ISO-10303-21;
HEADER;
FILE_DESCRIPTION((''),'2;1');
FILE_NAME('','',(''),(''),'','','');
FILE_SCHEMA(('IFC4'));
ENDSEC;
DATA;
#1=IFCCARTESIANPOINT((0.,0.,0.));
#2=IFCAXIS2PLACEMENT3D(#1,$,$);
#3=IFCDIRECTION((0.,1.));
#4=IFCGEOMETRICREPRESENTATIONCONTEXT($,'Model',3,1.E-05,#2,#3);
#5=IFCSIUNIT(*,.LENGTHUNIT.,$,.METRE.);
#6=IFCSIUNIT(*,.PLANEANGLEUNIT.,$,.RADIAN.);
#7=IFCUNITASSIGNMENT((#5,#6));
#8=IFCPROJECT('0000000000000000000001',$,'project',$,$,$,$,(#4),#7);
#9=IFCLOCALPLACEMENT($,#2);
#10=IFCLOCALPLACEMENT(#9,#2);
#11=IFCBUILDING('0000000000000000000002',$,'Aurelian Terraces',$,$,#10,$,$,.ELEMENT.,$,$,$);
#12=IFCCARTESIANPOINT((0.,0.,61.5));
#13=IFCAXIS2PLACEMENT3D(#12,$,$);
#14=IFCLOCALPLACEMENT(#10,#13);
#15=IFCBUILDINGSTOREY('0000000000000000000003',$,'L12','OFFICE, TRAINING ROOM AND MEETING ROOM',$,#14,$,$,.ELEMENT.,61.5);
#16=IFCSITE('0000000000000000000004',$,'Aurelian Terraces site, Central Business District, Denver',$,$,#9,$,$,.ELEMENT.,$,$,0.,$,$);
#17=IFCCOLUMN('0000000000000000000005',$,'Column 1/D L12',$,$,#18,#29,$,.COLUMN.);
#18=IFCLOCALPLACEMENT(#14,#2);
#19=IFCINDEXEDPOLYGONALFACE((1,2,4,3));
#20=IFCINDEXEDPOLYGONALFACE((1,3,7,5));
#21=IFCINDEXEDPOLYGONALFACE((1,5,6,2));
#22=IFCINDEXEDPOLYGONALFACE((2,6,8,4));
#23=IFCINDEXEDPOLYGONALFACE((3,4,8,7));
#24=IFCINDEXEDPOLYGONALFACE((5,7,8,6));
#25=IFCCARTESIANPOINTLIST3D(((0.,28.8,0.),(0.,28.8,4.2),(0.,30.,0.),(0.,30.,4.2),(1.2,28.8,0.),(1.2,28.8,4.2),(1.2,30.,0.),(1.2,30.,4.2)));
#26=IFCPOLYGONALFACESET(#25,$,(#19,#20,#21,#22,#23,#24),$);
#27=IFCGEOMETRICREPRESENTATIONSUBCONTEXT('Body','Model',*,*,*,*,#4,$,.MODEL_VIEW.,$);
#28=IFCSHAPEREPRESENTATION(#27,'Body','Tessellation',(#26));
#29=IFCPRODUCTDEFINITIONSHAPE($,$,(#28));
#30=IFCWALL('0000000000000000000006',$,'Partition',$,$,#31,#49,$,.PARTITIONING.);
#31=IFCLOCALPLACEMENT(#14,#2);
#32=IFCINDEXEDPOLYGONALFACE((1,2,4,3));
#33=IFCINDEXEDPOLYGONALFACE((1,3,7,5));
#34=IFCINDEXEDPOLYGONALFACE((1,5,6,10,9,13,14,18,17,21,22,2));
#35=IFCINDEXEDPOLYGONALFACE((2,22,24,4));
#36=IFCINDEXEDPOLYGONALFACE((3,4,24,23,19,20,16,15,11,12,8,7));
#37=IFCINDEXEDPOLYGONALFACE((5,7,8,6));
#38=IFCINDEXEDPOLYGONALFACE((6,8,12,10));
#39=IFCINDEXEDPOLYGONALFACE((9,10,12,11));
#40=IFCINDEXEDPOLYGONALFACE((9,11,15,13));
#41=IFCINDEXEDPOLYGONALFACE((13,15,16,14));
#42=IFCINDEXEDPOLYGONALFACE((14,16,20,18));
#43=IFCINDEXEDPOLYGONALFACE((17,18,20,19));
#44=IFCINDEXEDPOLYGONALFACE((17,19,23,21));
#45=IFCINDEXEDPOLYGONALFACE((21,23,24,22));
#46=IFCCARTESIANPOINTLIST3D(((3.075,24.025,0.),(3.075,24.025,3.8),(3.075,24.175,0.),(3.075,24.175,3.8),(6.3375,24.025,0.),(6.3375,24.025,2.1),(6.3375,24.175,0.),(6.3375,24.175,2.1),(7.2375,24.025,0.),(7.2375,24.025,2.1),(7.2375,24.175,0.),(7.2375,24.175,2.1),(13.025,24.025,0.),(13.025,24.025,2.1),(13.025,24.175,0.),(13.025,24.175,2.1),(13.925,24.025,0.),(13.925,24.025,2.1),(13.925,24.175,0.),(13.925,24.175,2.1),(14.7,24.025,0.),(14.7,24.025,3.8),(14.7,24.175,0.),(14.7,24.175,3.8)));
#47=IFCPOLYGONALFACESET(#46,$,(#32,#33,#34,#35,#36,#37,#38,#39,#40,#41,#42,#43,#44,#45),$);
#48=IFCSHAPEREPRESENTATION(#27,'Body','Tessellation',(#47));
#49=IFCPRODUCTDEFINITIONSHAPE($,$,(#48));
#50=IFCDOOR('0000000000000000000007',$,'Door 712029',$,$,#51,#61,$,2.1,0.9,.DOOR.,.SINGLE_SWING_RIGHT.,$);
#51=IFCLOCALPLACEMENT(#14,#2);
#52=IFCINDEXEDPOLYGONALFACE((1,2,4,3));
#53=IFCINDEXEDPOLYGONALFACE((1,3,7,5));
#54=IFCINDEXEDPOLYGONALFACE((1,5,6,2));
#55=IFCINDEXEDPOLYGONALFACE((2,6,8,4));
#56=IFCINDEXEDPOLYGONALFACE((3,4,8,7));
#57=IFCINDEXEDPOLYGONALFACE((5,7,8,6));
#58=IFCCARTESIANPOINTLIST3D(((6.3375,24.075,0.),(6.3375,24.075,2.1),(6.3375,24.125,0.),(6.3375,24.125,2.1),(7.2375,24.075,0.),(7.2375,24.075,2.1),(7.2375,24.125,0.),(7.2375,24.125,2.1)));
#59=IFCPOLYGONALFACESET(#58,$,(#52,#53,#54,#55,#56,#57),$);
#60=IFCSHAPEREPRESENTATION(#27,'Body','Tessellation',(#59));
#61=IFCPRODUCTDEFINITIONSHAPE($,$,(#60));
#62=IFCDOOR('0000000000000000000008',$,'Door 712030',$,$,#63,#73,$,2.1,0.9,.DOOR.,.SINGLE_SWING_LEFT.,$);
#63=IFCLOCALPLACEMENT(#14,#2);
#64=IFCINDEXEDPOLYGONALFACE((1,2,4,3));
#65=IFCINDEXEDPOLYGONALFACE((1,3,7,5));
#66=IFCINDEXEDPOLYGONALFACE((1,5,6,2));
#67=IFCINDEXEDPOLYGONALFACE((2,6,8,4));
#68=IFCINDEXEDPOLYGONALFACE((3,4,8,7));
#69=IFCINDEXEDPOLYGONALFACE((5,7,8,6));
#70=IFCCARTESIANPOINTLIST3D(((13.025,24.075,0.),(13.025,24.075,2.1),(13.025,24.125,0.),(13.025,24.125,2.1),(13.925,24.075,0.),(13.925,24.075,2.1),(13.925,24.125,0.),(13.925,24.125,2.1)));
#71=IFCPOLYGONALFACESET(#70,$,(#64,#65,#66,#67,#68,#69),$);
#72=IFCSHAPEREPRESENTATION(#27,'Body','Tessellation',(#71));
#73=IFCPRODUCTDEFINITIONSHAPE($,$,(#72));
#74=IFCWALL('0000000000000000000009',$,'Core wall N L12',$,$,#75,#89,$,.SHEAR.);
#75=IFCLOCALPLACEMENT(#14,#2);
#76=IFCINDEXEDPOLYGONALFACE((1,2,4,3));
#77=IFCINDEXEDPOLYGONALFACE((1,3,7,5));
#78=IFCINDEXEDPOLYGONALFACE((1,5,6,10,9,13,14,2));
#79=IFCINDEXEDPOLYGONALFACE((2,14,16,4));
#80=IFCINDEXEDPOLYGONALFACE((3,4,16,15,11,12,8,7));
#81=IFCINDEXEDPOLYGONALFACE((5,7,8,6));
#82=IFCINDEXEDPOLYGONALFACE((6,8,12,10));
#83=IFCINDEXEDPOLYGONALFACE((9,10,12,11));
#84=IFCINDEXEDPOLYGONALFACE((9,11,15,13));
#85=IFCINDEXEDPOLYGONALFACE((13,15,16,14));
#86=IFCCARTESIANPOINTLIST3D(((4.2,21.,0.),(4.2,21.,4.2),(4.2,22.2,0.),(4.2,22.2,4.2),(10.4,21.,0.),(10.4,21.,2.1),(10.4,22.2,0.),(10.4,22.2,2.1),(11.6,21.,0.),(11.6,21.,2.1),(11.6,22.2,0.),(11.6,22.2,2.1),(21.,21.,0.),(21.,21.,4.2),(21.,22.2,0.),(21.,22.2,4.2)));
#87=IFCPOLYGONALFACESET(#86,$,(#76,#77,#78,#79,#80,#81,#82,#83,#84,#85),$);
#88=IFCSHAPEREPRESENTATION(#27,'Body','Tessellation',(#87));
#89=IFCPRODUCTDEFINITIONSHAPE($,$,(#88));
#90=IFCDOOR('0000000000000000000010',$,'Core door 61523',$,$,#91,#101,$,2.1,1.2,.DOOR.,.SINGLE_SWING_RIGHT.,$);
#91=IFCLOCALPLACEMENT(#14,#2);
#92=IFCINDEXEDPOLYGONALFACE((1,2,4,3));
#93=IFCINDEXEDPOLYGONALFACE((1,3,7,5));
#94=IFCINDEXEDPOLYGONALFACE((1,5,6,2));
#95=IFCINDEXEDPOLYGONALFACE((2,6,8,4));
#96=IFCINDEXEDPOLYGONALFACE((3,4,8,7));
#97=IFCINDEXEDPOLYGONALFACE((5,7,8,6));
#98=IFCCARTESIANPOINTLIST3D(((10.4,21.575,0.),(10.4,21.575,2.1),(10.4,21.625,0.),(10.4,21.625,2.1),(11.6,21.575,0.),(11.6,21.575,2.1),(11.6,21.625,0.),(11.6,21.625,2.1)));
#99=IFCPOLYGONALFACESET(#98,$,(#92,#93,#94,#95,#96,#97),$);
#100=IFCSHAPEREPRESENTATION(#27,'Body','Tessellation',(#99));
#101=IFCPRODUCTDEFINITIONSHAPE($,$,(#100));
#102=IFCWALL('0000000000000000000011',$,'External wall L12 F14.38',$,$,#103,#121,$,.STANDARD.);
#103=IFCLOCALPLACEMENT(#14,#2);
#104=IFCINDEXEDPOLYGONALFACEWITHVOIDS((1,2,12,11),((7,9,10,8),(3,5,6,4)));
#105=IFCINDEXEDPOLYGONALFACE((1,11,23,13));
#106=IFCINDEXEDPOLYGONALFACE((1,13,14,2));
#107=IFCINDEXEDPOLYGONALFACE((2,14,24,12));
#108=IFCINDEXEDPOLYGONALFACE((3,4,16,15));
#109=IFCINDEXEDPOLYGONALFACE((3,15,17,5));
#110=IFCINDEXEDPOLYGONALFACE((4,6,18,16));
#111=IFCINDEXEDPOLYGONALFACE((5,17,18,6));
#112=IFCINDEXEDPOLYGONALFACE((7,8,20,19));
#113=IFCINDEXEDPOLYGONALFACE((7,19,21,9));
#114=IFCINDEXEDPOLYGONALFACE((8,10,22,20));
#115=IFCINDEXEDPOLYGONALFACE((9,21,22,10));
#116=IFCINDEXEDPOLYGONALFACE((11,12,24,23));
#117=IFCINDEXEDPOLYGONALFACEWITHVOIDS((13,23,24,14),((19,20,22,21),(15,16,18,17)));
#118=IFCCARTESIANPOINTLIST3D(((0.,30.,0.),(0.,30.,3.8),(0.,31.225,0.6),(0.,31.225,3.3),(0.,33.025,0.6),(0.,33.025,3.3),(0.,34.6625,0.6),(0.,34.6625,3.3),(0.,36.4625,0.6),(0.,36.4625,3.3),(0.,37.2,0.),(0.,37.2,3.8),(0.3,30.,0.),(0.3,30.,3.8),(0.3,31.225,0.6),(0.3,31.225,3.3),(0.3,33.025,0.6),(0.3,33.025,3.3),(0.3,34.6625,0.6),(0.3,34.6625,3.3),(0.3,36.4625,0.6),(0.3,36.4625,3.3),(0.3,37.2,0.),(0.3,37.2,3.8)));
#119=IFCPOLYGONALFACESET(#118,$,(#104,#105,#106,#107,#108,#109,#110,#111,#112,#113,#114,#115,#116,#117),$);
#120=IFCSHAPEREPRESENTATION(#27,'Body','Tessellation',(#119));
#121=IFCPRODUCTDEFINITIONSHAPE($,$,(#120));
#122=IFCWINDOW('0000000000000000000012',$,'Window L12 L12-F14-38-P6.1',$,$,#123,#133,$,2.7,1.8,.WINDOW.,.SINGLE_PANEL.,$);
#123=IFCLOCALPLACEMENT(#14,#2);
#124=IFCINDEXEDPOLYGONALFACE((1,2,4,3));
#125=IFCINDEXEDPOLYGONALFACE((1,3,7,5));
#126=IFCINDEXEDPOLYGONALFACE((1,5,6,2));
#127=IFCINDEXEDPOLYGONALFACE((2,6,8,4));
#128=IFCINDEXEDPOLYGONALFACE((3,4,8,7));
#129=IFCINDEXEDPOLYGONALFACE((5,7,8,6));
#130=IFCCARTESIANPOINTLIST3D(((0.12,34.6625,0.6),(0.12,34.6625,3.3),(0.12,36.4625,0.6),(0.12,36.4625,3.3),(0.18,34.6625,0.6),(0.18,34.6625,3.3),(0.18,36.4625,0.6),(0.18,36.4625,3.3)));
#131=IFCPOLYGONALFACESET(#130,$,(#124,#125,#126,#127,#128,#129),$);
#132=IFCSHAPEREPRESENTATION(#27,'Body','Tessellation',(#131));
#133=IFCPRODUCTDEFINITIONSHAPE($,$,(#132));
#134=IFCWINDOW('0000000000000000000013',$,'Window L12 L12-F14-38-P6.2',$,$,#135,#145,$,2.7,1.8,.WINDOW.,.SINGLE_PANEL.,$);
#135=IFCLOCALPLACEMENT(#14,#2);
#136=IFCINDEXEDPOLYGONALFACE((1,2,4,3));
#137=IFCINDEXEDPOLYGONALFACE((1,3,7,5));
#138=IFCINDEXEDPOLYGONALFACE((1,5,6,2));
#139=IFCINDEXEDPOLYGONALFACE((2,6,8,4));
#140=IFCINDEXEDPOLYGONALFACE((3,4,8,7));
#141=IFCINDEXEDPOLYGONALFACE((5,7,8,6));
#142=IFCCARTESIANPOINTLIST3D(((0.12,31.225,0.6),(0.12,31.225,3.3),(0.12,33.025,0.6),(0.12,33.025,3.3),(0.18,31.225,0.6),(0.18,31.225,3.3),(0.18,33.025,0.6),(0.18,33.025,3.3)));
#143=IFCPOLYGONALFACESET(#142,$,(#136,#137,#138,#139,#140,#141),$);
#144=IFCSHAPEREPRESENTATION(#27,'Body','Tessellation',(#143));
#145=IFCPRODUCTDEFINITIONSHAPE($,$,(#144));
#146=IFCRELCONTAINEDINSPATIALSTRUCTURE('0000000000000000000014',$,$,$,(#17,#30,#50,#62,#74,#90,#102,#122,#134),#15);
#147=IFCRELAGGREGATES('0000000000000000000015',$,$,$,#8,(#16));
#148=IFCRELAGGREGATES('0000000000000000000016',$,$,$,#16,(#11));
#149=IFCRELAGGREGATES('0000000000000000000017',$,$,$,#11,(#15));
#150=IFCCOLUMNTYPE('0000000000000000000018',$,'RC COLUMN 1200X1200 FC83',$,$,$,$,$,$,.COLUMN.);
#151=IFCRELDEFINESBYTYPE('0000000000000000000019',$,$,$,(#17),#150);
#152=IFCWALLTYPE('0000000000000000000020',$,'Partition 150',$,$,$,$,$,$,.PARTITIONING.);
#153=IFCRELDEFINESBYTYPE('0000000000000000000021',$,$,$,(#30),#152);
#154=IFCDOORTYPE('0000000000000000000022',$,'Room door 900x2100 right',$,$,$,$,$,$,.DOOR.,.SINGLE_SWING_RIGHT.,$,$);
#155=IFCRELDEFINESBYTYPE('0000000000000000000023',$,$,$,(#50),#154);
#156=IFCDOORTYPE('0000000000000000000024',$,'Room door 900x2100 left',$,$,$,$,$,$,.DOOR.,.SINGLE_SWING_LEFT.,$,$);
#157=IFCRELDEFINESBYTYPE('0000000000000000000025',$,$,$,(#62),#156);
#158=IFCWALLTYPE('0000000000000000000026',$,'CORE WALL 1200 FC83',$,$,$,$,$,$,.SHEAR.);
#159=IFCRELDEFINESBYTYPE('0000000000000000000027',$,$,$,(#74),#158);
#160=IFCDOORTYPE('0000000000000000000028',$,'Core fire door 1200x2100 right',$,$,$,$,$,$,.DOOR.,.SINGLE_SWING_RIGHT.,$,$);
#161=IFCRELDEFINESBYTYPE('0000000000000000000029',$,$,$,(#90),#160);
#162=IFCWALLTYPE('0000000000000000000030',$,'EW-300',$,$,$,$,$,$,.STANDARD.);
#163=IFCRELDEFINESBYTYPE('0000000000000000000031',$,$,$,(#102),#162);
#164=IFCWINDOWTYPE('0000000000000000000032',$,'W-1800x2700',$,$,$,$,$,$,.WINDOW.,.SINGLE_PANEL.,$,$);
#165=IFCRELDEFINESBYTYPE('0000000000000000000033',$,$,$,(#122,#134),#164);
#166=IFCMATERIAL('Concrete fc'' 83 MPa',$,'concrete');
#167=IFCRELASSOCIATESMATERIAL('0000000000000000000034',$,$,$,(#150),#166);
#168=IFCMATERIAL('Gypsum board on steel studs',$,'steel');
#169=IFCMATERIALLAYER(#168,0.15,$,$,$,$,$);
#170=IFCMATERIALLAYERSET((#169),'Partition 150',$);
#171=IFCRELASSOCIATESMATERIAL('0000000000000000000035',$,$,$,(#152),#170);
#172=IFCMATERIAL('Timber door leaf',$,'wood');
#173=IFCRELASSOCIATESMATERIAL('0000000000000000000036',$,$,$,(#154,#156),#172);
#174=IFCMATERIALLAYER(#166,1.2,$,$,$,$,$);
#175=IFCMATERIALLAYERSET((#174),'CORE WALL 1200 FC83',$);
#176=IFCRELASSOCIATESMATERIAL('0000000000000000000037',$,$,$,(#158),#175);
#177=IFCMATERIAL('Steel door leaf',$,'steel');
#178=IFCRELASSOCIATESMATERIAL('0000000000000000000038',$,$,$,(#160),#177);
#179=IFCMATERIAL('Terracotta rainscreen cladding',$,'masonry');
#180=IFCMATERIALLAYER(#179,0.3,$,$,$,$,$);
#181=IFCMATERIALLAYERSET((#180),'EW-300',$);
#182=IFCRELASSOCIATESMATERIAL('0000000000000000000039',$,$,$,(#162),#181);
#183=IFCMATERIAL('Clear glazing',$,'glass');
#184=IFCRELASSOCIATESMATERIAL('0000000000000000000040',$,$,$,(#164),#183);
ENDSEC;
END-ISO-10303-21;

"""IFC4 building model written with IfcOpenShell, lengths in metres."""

from ifc_helpers import new_model, si_unit, direction, frame, frame_2d, origin, origin_2d, place, context, subcontext, project, spatial, rectangle, extrude, source, transform, mapped, material, layer, layer_set, material_profile, profile_set, type_object, element, fill, save


model = new_model("IFC4")

# Units and contexts
model_context = context("Model", 3, precision=1e-05, world=origin(), true_north=direction((0.0, 1.0)))
body_context = subcontext(model_context, "Body", "Model", "MODEL_VIEW")
ifc_project = project(units=[si_unit("LENGTHUNIT", "METRE"), si_unit("PLANEANGLEUNIT", "RADIAN")], contexts=[model_context])

# Site, building, storey
site_placement = place(None, origin())
site = spatial("IfcSite", under=ifc_project, at=site_placement, Name="Aurelian Terraces site, Central Business District, Denver", CompositionType="ELEMENT", RefElevation=0.0)
building_placement = place(site_placement, origin())
building = spatial("IfcBuilding", under=site, at=building_placement, Name="Aurelian Terraces", CompositionType="ELEMENT")
storey_placement = place(building_placement, frame((0.0, 0.0, 61.5)))
storey = spatial("IfcBuildingStorey", under=building, at=storey_placement, Name="L12", Description="OFFICE, TRAINING ROOM AND MEETING ROOM", CompositionType="ELEMENT", Elevation=61.5)

# Column
ifc_material_1 = material(Name="Concrete fc' 83 MPa", Category="concrete")
ifc_material_profile = material_profile(ifc_material_1, rectangle(XDim=1.2, YDim=1.2, at=origin_2d()))
ifc_profile_set = profile_set([ifc_material_profile], Name="Concrete fc' 83 MPa")
column_type = type_object("IfcColumnType", Name="RC COLUMN 1200X1200 FC83", PredefinedType="COLUMN", material=ifc_profile_set)
shared_shape_1 = source(origin(), body_context, "Body", "SweptSolid", [
    extrude(rectangle(XDim=1.2, YDim=1.2, at=origin_2d()), origin(), (0.0, 0.0, 1.0), 4.2),
])
column_placement = place(storey_placement, frame((0.6, 29.4, 0.0), z_axis=(0.0, 0.0, 1.0), x_axis=(1.0, 0.0, 0.0)))
element("IfcColumn", 1, at=column_placement, inside=storey, type_object=column_type, Name="Column 1/D L12", PredefinedType="COLUMN", context=body_context, shape_type="MappedRepresentation", body=[
    mapped(shared_shape_1, transform((0.0, 0.0, 0.0), scale=1.0)),
])

# Wall, openings, doors
ifc_material_2 = material(Name="Gypsum board on steel studs", Category="steel")
ifc_layer_1 = layer(ifc_material_2, 0.15)
ifc_layer_set_1 = layer_set([ifc_layer_1], Name="Partition 150")
wall_type_1 = type_object("IfcWallType", Name="Partition 150", PredefinedType="PARTITIONING", material=ifc_layer_set_1)
wall_1_placement = place(storey_placement, frame((3.075, 24.1, 0.0), z_axis=(0.0, 0.0, 1.0), x_axis=(1.0, 0.0, 0.0)))
wall_1 = element("IfcWall", 2, at=wall_1_placement, inside=storey, type_object=wall_type_1, Name="Partition", PredefinedType="PARTITIONING", context=body_context, shape_type="SweptSolid", body=[
    extrude(rectangle(XDim=11.625, YDim=0.15, at=frame_2d((5.8125, 0.0))), origin(), (0.0, 0.0, 1.0), 3.8),
])
shared_shape_2 = source(origin(), body_context, "Body", "SweptSolid", [
    extrude(rectangle(XDim=0.9, YDim=2.1, at=frame_2d((0.45, 1.05))), frame((0.0, 0.085, 0.0), z_axis=(0.0, -1.0, 0.0), x_axis=(1.0, 0.0, 0.0)), (0.0, 0.0, 1.0), 0.17),
])
opening_1_placement = place(wall_1_placement, frame((3.2625, 0.0, 0.0)))
opening_1 = element("IfcOpeningElement", 3, at=opening_1_placement, cuts=wall_1, PredefinedType="OPENING", context=body_context, shape_type="MappedRepresentation", body=[
    mapped(shared_shape_2, transform((0.0, 0.0, 0.0), scale=1.0)),
])
opening_2_placement = place(wall_1_placement, frame((9.95, 0.0, 0.0)))
opening_2 = element("IfcOpeningElement", 4, at=opening_2_placement, cuts=wall_1, PredefinedType="OPENING", context=body_context, shape_type="MappedRepresentation", body=[
    mapped(shared_shape_2, transform((0.0, 0.0, 0.0), scale=1.0)),
])
ifc_material_3 = material(Name="Timber door leaf", Category="wood")
door_type_1 = type_object("IfcDoorType", Name="Room door 900x2100 right", OperationType="SINGLE_SWING_RIGHT", PredefinedType="DOOR", material=ifc_material_3)
shared_shape_3 = source(origin(), body_context, "Body", "SweptSolid", [
    extrude(rectangle(XDim=0.9, YDim=2.1, at=frame_2d((0.45, 1.05))), frame((0.0, 0.025, 0.0), z_axis=(0.0, -1.0, 0.0), x_axis=(1.0, 0.0, 0.0)), (0.0, 0.0, 1.0), 0.05),
])
door_1_placement = place(opening_1_placement, origin())
door_1 = element("IfcDoor", 5, at=door_1_placement, inside=storey, type_object=door_type_1, Name="Door 712029", OperationType="SINGLE_SWING_RIGHT", OverallHeight=2.1, OverallWidth=0.9, PredefinedType="DOOR", context=body_context, shape_type="MappedRepresentation", body=[
    mapped(shared_shape_3, transform((0.0, 0.0, 0.0), scale=1.0)),
])
fill(opening_1, door_1)
door_type_2 = type_object("IfcDoorType", Name="Room door 900x2100 left", OperationType="SINGLE_SWING_LEFT", PredefinedType="DOOR", material=ifc_material_3)
door_2_placement = place(opening_2_placement, origin())
door_2 = element("IfcDoor", 6, at=door_2_placement, inside=storey, type_object=door_type_2, Name="Door 712030", OperationType="SINGLE_SWING_LEFT", OverallHeight=2.1, OverallWidth=0.9, PredefinedType="DOOR", context=body_context, shape_type="MappedRepresentation", body=[
    mapped(shared_shape_3, transform((0.0, 0.0, 0.0), scale=1.0)),
])
fill(opening_2, door_2)

# Wall, opening, door
ifc_layer_2 = layer(ifc_material_1, 1.2)
ifc_layer_set_2 = layer_set([ifc_layer_2], Name="CORE WALL 1200 FC83")
wall_type_2 = type_object("IfcWallType", Name="CORE WALL 1200 FC83", PredefinedType="SHEAR", material=ifc_layer_set_2)
shared_shape_4 = source(origin(), body_context, "Body", "SweptSolid", [
    extrude(rectangle(XDim=16.8, YDim=1.2, at=frame_2d((8.4, 0.0))), origin(), (0.0, 0.0, 1.0), 4.2),
])
wall_2_placement = place(storey_placement, frame((4.2, 21.6, 0.0), z_axis=(0.0, 0.0, 1.0), x_axis=(1.0, 0.0, 0.0)))
wall_2 = element("IfcWall", 7, at=wall_2_placement, inside=storey, type_object=wall_type_2, Name="Core wall N L12", PredefinedType="SHEAR", context=body_context, shape_type="MappedRepresentation", body=[
    mapped(shared_shape_4, transform((0.0, 0.0, 0.0), scale=1.0)),
])
shared_shape_5 = source(origin(), body_context, "Body", "SweptSolid", [
    extrude(rectangle(XDim=1.2, YDim=2.1, at=frame_2d((0.6, 1.05))), frame((0.0, 0.61, 0.0), z_axis=(0.0, -1.0, 0.0), x_axis=(1.0, 0.0, 0.0)), (0.0, 0.0, 1.0), 1.22),
])
opening_3_placement = place(wall_2_placement, frame((6.2, 0.0, 0.0)))
opening_3 = element("IfcOpeningElement", 8, at=opening_3_placement, cuts=wall_2, PredefinedType="OPENING", context=body_context, shape_type="MappedRepresentation", body=[
    mapped(shared_shape_5, transform((0.0, 0.0, 0.0), scale=1.0)),
])
ifc_material_4 = material(Name="Steel door leaf", Category="steel")
door_type_3 = type_object("IfcDoorType", Name="Core fire door 1200x2100 right", OperationType="SINGLE_SWING_RIGHT", PredefinedType="DOOR", material=ifc_material_4)
shared_shape_6 = source(origin(), body_context, "Body", "SweptSolid", [
    extrude(rectangle(XDim=1.2, YDim=2.1, at=frame_2d((0.6, 1.05))), frame((0.0, 0.025, 0.0), z_axis=(0.0, -1.0, 0.0), x_axis=(1.0, 0.0, 0.0)), (0.0, 0.0, 1.0), 0.05),
])
door_3_placement = place(opening_3_placement, origin())
door_3 = element("IfcDoor", 9, at=door_3_placement, inside=storey, type_object=door_type_3, Name="Core door 61523", OperationType="SINGLE_SWING_RIGHT", OverallHeight=2.1, OverallWidth=1.2, PredefinedType="DOOR", context=body_context, shape_type="MappedRepresentation", body=[
    mapped(shared_shape_6, transform((0.0, 0.0, 0.0), scale=1.0)),
])
fill(opening_3, door_3)

# Wall, openings, windows
ifc_material_5 = material(Name="Terracotta rainscreen cladding", Category="masonry")
ifc_layer_3 = layer(ifc_material_5, 0.3)
ifc_layer_set_3 = layer_set([ifc_layer_3], Name="EW-300")
wall_type_3 = type_object("IfcWallType", Name="EW-300", PredefinedType="STANDARD", material=ifc_layer_set_3)
shared_shape_7 = source(origin(), body_context, "Body", "SweptSolid", [
    extrude(rectangle(XDim=7.2, YDim=0.3, at=frame_2d((3.6, 0.0))), origin(), (0.0, 0.0, 1.0), 3.8),
])
wall_3_placement = place(storey_placement, frame((0.15, 37.2, 0.0), z_axis=(0.0, 0.0, 1.0), x_axis=(0.0, -1.0, 0.0)))
wall_3 = element("IfcWall", 10, at=wall_3_placement, inside=storey, type_object=wall_type_3, Name="External wall L12 F14.38", PredefinedType="STANDARD", context=body_context, shape_type="MappedRepresentation", body=[
    mapped(shared_shape_7, transform((0.0, 0.0, 0.0), scale=1.0)),
])
shared_shape_8 = source(origin(), body_context, "Body", "SweptSolid", [
    extrude(rectangle(XDim=1.8, YDim=2.7, at=frame_2d((0.9, 1.35))), frame((0.0, 0.16, 0.0), z_axis=(0.0, -1.0, 0.0), x_axis=(1.0, 0.0, 0.0)), (0.0, 0.0, 1.0), 0.32),
])
opening_4_placement = place(wall_3_placement, frame((0.7375, 0.0, 0.6)))
opening_4 = element("IfcOpeningElement", 11, at=opening_4_placement, cuts=wall_3, PredefinedType="OPENING", context=body_context, shape_type="MappedRepresentation", body=[
    mapped(shared_shape_8, transform((0.0, 0.0, 0.0), scale=1.0)),
])
opening_5_placement = place(wall_3_placement, frame((4.175, 0.0, 0.6)))
opening_5 = element("IfcOpeningElement", 12, at=opening_5_placement, cuts=wall_3, PredefinedType="OPENING", context=body_context, shape_type="MappedRepresentation", body=[
    mapped(shared_shape_8, transform((0.0, 0.0, 0.0), scale=1.0)),
])
ifc_material_6 = material(Name="Clear glazing", Category="glass")
window_type_1 = type_object("IfcWindowType", Name="W-1800x2700", PartitioningType="SINGLE_PANEL", PredefinedType="WINDOW", material=ifc_material_6)
shared_shape_9 = source(origin(), body_context, "Body", "SweptSolid", [
    extrude(rectangle(XDim=1.8, YDim=2.7, at=frame_2d((0.9, 1.35))), frame((0.0, 0.03, 0.0), z_axis=(0.0, -1.0, 0.0), x_axis=(1.0, 0.0, 0.0)), (0.0, 0.0, 1.0), 0.06),
])
window_1_placement = place(opening_4_placement, origin())
window_1 = element("IfcWindow", 13, at=window_1_placement, inside=storey, type_object=window_type_1, Name="Window L12 L12-F14-38-P6.1", OverallHeight=2.7, OverallWidth=1.8, PartitioningType="SINGLE_PANEL", PredefinedType="WINDOW", context=body_context, shape_type="MappedRepresentation", body=[
    mapped(shared_shape_9, transform((0.0, 0.0, 0.0), scale=1.0)),
])
fill(opening_4, window_1)
window_2_placement = place(opening_5_placement, origin())
window_2 = element("IfcWindow", 14, at=window_2_placement, inside=storey, type_object=window_type_1, Name="Window L12 L12-F14-38-P6.2", OverallHeight=2.7, OverallWidth=1.8, PartitioningType="SINGLE_PANEL", PredefinedType="WINDOW", context=body_context, shape_type="MappedRepresentation", body=[
    mapped(shared_shape_9, transform((0.0, 0.0, 0.0), scale=1.0)),
])
fill(opening_5, window_2)

save(model, "model.ifc")
